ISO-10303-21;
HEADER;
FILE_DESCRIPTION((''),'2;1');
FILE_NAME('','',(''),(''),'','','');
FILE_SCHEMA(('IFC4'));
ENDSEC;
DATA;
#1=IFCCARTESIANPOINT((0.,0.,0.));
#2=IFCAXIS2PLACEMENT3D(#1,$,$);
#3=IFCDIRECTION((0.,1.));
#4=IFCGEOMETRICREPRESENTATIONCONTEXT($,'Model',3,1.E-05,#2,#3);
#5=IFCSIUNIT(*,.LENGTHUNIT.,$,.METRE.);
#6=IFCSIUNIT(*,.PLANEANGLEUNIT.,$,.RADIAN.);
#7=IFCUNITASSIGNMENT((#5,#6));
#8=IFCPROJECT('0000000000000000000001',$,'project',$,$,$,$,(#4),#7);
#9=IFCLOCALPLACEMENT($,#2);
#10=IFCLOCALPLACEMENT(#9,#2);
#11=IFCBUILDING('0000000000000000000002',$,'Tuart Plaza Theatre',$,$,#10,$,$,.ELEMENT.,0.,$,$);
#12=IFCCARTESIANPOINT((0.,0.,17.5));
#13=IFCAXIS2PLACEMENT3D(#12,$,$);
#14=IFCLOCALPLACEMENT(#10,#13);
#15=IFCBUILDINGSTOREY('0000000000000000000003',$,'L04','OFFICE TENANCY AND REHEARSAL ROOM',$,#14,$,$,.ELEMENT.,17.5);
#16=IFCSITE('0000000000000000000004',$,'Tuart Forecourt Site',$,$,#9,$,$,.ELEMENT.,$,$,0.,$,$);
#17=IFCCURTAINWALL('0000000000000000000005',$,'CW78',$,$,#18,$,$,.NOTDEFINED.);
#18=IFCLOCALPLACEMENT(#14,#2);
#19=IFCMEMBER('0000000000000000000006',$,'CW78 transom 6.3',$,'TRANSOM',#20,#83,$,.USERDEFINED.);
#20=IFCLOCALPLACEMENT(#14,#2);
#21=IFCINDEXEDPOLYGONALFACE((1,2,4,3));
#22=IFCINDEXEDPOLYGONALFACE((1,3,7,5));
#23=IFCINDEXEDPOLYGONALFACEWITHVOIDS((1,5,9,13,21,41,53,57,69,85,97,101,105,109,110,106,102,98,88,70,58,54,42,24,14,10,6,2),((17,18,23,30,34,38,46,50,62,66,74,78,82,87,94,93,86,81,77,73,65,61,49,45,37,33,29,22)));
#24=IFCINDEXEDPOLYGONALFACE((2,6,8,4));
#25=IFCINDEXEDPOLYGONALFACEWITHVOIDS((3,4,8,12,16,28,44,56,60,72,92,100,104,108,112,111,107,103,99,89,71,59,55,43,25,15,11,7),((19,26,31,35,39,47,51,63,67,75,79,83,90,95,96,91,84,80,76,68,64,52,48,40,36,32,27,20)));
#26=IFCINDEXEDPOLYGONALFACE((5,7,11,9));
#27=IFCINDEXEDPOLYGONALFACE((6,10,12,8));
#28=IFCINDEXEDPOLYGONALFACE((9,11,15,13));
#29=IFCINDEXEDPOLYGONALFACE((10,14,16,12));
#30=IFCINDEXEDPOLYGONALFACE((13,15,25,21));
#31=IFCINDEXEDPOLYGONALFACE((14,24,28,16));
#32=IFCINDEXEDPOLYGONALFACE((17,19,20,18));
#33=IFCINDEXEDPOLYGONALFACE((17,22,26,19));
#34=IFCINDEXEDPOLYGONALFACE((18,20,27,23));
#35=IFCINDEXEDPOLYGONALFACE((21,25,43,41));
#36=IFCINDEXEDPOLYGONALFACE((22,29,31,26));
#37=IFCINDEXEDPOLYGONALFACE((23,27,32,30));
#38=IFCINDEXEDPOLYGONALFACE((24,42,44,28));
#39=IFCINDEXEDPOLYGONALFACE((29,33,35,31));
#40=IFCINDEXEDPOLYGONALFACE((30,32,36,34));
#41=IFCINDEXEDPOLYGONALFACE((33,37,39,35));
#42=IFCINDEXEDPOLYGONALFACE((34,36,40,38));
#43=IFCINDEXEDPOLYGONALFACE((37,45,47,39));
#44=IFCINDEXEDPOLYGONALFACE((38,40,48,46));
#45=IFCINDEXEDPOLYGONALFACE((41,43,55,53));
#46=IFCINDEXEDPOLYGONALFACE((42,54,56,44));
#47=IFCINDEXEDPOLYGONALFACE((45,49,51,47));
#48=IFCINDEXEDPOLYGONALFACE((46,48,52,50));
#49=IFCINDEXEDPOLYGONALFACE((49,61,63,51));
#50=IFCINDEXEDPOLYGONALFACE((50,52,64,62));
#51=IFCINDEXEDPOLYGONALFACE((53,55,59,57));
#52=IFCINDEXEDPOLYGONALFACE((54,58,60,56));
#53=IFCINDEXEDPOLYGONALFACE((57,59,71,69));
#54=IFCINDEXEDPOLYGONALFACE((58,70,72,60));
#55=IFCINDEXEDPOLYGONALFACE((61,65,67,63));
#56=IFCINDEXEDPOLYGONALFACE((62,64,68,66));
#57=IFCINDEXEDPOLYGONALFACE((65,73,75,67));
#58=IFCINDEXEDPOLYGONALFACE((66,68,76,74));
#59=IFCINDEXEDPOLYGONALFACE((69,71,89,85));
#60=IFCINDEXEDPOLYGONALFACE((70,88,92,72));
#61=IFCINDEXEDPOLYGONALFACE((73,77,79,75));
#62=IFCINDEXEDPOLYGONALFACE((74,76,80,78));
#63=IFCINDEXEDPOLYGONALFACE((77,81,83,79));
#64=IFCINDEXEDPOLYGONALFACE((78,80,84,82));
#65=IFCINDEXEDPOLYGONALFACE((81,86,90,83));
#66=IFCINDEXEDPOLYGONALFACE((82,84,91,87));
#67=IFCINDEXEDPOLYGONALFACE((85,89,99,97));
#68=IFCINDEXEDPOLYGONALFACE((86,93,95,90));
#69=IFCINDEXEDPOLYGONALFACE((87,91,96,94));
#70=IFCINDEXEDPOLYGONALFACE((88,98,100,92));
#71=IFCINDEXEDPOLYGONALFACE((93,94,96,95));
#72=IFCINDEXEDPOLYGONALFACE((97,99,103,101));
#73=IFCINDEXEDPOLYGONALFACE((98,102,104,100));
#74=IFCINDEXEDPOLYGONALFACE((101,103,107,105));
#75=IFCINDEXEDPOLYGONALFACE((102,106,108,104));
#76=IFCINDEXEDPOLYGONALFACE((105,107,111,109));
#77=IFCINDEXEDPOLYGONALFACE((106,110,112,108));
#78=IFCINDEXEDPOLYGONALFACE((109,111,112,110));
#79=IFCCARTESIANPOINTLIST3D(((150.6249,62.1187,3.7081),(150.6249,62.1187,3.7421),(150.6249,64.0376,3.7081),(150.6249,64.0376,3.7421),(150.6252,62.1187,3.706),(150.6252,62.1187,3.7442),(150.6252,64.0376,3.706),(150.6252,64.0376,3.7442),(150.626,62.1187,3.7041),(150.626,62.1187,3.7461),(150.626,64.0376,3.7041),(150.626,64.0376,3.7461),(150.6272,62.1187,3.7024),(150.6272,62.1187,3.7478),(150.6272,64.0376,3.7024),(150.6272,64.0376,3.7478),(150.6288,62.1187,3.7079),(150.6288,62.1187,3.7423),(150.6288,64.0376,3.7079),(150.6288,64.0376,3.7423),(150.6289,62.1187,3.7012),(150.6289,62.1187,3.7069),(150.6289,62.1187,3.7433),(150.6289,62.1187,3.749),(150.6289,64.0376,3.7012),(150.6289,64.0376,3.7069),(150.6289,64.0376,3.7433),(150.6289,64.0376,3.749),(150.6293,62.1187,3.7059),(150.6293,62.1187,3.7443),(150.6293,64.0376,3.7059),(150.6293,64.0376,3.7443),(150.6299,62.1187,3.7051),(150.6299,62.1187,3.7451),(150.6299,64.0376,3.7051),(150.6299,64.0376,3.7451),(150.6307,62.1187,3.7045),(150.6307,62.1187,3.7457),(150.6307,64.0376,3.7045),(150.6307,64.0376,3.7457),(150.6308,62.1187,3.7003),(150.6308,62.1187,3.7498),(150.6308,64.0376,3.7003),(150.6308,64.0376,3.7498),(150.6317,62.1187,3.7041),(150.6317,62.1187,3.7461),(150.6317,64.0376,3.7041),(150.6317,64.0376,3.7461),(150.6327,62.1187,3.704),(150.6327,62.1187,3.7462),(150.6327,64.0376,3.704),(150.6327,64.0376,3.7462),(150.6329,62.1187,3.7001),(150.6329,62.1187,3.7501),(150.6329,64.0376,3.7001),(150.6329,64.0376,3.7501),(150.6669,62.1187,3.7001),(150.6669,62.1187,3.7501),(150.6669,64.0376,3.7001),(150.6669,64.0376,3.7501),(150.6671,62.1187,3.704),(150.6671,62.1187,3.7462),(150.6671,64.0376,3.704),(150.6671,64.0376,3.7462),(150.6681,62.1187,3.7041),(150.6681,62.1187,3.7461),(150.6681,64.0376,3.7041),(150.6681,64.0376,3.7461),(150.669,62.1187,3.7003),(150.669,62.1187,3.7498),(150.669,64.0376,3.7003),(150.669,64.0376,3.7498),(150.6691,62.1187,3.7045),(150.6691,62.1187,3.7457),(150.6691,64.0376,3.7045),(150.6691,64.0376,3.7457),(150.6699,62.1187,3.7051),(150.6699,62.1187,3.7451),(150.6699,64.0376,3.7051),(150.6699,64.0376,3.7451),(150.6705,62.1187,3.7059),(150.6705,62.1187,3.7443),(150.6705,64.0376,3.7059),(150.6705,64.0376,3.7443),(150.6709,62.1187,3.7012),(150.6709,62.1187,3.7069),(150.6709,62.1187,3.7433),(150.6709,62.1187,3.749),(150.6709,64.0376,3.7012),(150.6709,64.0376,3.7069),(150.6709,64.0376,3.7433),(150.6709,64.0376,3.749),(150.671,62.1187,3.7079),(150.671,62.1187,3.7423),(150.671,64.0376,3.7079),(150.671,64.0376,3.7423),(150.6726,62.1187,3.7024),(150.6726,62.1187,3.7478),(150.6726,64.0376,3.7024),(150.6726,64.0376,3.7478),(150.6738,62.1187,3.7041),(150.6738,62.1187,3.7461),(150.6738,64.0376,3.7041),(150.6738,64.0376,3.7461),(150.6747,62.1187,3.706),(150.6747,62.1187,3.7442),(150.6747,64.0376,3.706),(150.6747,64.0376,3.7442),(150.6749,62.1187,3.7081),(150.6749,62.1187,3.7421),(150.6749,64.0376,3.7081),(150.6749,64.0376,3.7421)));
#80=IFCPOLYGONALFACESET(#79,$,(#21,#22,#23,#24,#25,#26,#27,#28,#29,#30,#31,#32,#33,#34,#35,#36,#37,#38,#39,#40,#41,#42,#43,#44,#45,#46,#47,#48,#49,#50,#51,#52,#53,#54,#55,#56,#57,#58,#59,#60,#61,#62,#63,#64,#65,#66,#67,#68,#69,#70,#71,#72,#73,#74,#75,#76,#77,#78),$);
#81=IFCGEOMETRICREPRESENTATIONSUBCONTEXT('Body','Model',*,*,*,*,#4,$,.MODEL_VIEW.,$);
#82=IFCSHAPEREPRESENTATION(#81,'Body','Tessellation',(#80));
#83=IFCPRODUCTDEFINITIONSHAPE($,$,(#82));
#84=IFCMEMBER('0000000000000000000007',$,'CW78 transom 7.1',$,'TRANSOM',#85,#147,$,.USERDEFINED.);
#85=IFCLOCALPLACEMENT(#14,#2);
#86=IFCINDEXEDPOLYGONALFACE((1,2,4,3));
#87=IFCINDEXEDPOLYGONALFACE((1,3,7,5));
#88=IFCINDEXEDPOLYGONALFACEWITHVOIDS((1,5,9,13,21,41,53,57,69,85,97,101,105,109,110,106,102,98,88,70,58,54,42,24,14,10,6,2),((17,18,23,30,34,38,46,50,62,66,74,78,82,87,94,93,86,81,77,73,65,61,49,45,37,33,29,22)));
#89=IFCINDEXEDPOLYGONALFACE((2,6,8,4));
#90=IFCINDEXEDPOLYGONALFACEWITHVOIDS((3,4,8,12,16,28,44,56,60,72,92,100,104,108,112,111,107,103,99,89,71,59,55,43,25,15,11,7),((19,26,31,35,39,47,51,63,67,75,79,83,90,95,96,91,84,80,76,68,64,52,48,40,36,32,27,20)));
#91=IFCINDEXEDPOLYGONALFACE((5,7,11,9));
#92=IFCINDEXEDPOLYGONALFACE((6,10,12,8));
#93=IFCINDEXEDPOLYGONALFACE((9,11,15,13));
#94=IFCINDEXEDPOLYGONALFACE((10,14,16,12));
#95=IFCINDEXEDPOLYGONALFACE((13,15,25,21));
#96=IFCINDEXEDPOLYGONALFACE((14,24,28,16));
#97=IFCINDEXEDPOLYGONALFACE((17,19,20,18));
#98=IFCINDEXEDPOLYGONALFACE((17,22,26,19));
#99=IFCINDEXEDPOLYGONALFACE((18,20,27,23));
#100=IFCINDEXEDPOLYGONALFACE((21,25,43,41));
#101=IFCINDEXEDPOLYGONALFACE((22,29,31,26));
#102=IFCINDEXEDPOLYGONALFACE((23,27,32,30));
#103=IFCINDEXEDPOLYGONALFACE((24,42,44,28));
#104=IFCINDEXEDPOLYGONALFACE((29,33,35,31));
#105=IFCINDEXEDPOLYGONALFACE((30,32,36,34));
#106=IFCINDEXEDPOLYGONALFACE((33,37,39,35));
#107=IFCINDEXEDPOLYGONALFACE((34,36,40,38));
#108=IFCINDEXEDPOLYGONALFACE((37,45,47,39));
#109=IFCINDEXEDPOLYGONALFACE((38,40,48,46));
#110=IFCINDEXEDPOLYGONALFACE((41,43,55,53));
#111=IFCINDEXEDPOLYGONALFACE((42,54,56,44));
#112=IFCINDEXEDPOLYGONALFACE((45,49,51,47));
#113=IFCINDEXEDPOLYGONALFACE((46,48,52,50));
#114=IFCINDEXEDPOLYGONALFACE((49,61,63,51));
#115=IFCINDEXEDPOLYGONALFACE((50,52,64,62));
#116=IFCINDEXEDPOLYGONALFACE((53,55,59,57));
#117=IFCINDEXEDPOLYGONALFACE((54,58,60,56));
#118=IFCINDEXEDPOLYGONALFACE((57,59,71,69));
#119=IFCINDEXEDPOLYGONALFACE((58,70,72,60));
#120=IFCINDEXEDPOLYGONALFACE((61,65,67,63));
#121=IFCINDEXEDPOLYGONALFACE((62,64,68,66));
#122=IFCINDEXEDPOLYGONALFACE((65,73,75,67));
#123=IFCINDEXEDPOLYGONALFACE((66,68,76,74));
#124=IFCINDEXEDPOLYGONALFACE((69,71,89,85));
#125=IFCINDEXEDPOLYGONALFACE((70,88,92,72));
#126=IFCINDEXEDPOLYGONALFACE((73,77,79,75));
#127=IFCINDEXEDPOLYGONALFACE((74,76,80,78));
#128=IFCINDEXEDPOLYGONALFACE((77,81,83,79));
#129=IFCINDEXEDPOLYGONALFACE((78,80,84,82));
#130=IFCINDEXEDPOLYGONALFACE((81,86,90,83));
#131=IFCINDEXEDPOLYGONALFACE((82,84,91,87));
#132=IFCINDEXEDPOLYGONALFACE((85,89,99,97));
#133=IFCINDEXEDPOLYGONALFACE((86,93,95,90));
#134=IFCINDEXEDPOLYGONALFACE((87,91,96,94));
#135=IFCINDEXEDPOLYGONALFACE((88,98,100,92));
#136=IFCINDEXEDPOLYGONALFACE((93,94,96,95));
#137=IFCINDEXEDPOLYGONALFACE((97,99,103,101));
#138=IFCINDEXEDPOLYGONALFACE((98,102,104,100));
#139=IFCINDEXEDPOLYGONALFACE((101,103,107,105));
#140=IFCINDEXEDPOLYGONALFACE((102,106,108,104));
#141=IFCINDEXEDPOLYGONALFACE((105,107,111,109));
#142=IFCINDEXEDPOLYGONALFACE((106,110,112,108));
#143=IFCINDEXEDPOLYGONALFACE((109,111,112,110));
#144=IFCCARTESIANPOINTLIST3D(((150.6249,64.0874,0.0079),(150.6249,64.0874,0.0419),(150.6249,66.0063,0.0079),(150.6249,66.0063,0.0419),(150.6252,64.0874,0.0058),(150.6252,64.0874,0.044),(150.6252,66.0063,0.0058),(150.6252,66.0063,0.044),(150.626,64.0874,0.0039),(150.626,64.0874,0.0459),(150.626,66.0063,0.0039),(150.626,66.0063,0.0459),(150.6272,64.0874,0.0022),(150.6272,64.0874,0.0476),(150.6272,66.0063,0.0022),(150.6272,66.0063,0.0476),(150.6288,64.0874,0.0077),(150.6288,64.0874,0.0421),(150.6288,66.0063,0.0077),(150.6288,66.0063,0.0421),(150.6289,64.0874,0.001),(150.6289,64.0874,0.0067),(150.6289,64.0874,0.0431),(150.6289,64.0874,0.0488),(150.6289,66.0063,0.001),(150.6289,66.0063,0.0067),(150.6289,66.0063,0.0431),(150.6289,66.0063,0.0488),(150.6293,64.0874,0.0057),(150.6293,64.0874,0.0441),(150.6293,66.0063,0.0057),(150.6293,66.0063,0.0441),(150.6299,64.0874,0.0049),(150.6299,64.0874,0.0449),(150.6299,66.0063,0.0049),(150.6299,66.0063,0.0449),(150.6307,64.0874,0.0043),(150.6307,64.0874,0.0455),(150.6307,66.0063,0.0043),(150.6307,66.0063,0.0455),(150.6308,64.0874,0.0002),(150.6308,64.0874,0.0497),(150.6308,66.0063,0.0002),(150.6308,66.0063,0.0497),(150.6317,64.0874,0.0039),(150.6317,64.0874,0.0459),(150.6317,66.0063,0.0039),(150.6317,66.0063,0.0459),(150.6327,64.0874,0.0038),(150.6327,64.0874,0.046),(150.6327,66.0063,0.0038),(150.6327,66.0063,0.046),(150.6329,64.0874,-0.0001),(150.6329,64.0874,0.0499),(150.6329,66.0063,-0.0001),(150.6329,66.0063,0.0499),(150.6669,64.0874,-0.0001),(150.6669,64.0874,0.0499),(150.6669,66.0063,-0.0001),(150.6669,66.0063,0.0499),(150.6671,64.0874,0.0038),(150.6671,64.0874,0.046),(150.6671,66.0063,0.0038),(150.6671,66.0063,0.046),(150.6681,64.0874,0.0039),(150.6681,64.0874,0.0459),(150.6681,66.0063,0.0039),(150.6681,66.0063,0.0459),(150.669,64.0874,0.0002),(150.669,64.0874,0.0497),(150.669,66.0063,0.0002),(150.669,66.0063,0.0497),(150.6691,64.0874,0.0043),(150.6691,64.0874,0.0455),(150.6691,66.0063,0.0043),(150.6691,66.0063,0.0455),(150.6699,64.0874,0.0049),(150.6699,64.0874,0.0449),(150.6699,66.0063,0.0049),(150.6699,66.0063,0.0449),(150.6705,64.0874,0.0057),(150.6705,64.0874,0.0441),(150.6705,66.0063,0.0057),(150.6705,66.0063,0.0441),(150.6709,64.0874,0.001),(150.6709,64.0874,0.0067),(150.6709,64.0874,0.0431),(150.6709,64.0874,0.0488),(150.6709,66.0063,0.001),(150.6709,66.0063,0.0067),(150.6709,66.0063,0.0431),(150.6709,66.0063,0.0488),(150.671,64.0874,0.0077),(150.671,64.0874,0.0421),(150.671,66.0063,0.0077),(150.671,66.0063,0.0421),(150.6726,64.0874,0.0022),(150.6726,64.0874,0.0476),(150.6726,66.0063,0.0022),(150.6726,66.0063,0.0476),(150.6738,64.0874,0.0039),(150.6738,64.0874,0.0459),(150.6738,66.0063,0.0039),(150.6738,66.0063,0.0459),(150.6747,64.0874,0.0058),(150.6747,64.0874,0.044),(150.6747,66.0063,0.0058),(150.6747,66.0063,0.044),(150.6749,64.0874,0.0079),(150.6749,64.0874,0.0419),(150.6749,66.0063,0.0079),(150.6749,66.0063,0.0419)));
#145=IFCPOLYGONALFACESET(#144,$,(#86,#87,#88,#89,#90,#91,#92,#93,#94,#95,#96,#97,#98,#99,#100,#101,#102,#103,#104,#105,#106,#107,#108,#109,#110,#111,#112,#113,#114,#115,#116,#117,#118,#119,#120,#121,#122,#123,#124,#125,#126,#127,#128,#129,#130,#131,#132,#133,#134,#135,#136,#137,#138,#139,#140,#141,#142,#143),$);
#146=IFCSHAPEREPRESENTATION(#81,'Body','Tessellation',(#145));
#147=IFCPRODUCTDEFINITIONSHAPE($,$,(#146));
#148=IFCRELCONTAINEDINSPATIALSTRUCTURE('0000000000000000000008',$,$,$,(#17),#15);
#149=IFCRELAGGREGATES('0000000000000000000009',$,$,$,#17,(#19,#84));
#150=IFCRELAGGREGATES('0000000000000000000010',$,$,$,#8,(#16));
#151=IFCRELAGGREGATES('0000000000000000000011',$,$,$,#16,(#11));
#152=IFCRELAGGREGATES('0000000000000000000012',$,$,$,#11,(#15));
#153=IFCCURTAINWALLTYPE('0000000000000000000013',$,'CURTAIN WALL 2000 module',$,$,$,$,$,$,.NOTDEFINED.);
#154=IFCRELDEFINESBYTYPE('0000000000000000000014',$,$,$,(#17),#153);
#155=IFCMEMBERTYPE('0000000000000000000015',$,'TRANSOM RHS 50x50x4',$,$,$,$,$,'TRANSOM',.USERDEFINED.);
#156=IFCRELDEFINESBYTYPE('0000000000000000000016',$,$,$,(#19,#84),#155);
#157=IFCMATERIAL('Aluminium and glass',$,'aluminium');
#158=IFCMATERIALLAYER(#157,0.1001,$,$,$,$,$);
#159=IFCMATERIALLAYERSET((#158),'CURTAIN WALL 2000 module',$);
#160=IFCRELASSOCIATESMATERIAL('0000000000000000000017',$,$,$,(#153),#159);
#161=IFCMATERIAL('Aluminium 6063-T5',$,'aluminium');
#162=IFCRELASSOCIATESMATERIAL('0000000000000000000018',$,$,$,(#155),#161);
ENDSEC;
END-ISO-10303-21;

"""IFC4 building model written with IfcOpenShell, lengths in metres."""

from ifc_helpers import new_model, si_unit, direction, frame, origin, origin_2d, place, context, subcontext, project, spatial, hollow_rectangle, extrude, material, layer, layer_set, material_profile, profile_set, type_object, element, aggregate, save


model = new_model("IFC4")

# Units and contexts
model_context = context("Model", 3, precision=1e-05, world=origin(), true_north=direction((0.0, 1.0)))
body_context = subcontext(model_context, "Body", "Model", "MODEL_VIEW")
ifc_project = project(units=[si_unit("LENGTHUNIT", "METRE"), si_unit("PLANEANGLEUNIT", "RADIAN")], contexts=[model_context])

# Site, building, storey
site_placement = place(None, origin())
site = spatial("IfcSite", under=ifc_project, at=site_placement, Name="Tuart Forecourt Site", CompositionType="ELEMENT", RefElevation=0.0)
building_placement = place(site_placement, origin())
building = spatial("IfcBuilding", under=site, at=building_placement, Name="Tuart Plaza Theatre", CompositionType="ELEMENT", ElevationOfRefHeight=0.0)
storey_placement = place(building_placement, frame((0.0, 0.0, 17.5)))
storey = spatial("IfcBuildingStorey", under=building, at=storey_placement, Name="L04", Description="OFFICE TENANCY AND REHEARSAL ROOM", CompositionType="ELEMENT", Elevation=17.5)

# Curtain wall, members
ifc_material_1 = material(Name="Aluminium and glass", Category="aluminium")
ifc_layer_1 = layer(ifc_material_1, 0.1001)
ifc_layer_set_1 = layer_set([ifc_layer_1], Name="CURTAIN WALL 2000 module")
curtain_wall_type = type_object("IfcCurtainWallType", Name="CURTAIN WALL 2000 module", PredefinedType="NOTDEFINED", material=ifc_layer_set_1)
curtain_wall_placement = place(storey_placement, origin())
curtain_wall = element("IfcCurtainWall", 1, at=curtain_wall_placement, inside=storey, type_object=curtain_wall_type, Name="CW78", PredefinedType="NOTDEFINED")
ifc_material_2 = material(Name="Aluminium 6063-T5", Category="aluminium")
ifc_material_profile_1 = material_profile(ifc_material_2, hollow_rectangle(XDim=0.05, YDim=0.05, WallThickness=0.0039, InnerFilletRadius=0.0039, OuterFilletRadius=0.0081, at=origin_2d()), Name="RHS 50x50x4")
ifc_profile_set_1 = profile_set([ifc_material_profile_1], Name="Aluminium 6063-T5")
member_type_1 = type_object("IfcMemberType", Name="TRANSOM RHS 50x50x4", ElementType="TRANSOM", PredefinedType="USERDEFINED", material=ifc_profile_set_1)
member_1_placement = place(storey_placement, frame((150.6499, 62.1187, 3.7251), z_axis=(0.0, 1.0, 0.0), x_axis=(-1.0, 0.0, 0.0)))
member_1 = element("IfcMember", 2, at=member_1_placement, type_object=member_type_1, Name="CW78 transom 6.3", ObjectType="TRANSOM", PredefinedType="USERDEFINED", context=body_context, shape_type="SweptSolid", body=[
    extrude(hollow_rectangle(XDim=0.05, YDim=0.05, WallThickness=0.0039, InnerFilletRadius=0.0039, OuterFilletRadius=0.0081, at=origin_2d()), origin(), (0.0, 0.0, 1.0), 1.9189),
])
member_2_placement = place(storey_placement, frame((150.6499, 64.0874, 0.0249), z_axis=(0.0, 1.0, 0.0), x_axis=(-1.0, 0.0, 0.0)))
member_2 = element("IfcMember", 3, at=member_2_placement, type_object=member_type_1, Name="CW78 transom 7.1", ObjectType="TRANSOM", PredefinedType="USERDEFINED", context=body_context, shape_type="SweptSolid", body=[
    extrude(hollow_rectangle(XDim=0.05, YDim=0.05, WallThickness=0.0039, InnerFilletRadius=0.0039, OuterFilletRadius=0.0081, at=origin_2d()), origin(), (0.0, 0.0, 1.0), 1.9189),
])
aggregate(curtain_wall, [member_1, member_2])

save(model, "model.ifc")
